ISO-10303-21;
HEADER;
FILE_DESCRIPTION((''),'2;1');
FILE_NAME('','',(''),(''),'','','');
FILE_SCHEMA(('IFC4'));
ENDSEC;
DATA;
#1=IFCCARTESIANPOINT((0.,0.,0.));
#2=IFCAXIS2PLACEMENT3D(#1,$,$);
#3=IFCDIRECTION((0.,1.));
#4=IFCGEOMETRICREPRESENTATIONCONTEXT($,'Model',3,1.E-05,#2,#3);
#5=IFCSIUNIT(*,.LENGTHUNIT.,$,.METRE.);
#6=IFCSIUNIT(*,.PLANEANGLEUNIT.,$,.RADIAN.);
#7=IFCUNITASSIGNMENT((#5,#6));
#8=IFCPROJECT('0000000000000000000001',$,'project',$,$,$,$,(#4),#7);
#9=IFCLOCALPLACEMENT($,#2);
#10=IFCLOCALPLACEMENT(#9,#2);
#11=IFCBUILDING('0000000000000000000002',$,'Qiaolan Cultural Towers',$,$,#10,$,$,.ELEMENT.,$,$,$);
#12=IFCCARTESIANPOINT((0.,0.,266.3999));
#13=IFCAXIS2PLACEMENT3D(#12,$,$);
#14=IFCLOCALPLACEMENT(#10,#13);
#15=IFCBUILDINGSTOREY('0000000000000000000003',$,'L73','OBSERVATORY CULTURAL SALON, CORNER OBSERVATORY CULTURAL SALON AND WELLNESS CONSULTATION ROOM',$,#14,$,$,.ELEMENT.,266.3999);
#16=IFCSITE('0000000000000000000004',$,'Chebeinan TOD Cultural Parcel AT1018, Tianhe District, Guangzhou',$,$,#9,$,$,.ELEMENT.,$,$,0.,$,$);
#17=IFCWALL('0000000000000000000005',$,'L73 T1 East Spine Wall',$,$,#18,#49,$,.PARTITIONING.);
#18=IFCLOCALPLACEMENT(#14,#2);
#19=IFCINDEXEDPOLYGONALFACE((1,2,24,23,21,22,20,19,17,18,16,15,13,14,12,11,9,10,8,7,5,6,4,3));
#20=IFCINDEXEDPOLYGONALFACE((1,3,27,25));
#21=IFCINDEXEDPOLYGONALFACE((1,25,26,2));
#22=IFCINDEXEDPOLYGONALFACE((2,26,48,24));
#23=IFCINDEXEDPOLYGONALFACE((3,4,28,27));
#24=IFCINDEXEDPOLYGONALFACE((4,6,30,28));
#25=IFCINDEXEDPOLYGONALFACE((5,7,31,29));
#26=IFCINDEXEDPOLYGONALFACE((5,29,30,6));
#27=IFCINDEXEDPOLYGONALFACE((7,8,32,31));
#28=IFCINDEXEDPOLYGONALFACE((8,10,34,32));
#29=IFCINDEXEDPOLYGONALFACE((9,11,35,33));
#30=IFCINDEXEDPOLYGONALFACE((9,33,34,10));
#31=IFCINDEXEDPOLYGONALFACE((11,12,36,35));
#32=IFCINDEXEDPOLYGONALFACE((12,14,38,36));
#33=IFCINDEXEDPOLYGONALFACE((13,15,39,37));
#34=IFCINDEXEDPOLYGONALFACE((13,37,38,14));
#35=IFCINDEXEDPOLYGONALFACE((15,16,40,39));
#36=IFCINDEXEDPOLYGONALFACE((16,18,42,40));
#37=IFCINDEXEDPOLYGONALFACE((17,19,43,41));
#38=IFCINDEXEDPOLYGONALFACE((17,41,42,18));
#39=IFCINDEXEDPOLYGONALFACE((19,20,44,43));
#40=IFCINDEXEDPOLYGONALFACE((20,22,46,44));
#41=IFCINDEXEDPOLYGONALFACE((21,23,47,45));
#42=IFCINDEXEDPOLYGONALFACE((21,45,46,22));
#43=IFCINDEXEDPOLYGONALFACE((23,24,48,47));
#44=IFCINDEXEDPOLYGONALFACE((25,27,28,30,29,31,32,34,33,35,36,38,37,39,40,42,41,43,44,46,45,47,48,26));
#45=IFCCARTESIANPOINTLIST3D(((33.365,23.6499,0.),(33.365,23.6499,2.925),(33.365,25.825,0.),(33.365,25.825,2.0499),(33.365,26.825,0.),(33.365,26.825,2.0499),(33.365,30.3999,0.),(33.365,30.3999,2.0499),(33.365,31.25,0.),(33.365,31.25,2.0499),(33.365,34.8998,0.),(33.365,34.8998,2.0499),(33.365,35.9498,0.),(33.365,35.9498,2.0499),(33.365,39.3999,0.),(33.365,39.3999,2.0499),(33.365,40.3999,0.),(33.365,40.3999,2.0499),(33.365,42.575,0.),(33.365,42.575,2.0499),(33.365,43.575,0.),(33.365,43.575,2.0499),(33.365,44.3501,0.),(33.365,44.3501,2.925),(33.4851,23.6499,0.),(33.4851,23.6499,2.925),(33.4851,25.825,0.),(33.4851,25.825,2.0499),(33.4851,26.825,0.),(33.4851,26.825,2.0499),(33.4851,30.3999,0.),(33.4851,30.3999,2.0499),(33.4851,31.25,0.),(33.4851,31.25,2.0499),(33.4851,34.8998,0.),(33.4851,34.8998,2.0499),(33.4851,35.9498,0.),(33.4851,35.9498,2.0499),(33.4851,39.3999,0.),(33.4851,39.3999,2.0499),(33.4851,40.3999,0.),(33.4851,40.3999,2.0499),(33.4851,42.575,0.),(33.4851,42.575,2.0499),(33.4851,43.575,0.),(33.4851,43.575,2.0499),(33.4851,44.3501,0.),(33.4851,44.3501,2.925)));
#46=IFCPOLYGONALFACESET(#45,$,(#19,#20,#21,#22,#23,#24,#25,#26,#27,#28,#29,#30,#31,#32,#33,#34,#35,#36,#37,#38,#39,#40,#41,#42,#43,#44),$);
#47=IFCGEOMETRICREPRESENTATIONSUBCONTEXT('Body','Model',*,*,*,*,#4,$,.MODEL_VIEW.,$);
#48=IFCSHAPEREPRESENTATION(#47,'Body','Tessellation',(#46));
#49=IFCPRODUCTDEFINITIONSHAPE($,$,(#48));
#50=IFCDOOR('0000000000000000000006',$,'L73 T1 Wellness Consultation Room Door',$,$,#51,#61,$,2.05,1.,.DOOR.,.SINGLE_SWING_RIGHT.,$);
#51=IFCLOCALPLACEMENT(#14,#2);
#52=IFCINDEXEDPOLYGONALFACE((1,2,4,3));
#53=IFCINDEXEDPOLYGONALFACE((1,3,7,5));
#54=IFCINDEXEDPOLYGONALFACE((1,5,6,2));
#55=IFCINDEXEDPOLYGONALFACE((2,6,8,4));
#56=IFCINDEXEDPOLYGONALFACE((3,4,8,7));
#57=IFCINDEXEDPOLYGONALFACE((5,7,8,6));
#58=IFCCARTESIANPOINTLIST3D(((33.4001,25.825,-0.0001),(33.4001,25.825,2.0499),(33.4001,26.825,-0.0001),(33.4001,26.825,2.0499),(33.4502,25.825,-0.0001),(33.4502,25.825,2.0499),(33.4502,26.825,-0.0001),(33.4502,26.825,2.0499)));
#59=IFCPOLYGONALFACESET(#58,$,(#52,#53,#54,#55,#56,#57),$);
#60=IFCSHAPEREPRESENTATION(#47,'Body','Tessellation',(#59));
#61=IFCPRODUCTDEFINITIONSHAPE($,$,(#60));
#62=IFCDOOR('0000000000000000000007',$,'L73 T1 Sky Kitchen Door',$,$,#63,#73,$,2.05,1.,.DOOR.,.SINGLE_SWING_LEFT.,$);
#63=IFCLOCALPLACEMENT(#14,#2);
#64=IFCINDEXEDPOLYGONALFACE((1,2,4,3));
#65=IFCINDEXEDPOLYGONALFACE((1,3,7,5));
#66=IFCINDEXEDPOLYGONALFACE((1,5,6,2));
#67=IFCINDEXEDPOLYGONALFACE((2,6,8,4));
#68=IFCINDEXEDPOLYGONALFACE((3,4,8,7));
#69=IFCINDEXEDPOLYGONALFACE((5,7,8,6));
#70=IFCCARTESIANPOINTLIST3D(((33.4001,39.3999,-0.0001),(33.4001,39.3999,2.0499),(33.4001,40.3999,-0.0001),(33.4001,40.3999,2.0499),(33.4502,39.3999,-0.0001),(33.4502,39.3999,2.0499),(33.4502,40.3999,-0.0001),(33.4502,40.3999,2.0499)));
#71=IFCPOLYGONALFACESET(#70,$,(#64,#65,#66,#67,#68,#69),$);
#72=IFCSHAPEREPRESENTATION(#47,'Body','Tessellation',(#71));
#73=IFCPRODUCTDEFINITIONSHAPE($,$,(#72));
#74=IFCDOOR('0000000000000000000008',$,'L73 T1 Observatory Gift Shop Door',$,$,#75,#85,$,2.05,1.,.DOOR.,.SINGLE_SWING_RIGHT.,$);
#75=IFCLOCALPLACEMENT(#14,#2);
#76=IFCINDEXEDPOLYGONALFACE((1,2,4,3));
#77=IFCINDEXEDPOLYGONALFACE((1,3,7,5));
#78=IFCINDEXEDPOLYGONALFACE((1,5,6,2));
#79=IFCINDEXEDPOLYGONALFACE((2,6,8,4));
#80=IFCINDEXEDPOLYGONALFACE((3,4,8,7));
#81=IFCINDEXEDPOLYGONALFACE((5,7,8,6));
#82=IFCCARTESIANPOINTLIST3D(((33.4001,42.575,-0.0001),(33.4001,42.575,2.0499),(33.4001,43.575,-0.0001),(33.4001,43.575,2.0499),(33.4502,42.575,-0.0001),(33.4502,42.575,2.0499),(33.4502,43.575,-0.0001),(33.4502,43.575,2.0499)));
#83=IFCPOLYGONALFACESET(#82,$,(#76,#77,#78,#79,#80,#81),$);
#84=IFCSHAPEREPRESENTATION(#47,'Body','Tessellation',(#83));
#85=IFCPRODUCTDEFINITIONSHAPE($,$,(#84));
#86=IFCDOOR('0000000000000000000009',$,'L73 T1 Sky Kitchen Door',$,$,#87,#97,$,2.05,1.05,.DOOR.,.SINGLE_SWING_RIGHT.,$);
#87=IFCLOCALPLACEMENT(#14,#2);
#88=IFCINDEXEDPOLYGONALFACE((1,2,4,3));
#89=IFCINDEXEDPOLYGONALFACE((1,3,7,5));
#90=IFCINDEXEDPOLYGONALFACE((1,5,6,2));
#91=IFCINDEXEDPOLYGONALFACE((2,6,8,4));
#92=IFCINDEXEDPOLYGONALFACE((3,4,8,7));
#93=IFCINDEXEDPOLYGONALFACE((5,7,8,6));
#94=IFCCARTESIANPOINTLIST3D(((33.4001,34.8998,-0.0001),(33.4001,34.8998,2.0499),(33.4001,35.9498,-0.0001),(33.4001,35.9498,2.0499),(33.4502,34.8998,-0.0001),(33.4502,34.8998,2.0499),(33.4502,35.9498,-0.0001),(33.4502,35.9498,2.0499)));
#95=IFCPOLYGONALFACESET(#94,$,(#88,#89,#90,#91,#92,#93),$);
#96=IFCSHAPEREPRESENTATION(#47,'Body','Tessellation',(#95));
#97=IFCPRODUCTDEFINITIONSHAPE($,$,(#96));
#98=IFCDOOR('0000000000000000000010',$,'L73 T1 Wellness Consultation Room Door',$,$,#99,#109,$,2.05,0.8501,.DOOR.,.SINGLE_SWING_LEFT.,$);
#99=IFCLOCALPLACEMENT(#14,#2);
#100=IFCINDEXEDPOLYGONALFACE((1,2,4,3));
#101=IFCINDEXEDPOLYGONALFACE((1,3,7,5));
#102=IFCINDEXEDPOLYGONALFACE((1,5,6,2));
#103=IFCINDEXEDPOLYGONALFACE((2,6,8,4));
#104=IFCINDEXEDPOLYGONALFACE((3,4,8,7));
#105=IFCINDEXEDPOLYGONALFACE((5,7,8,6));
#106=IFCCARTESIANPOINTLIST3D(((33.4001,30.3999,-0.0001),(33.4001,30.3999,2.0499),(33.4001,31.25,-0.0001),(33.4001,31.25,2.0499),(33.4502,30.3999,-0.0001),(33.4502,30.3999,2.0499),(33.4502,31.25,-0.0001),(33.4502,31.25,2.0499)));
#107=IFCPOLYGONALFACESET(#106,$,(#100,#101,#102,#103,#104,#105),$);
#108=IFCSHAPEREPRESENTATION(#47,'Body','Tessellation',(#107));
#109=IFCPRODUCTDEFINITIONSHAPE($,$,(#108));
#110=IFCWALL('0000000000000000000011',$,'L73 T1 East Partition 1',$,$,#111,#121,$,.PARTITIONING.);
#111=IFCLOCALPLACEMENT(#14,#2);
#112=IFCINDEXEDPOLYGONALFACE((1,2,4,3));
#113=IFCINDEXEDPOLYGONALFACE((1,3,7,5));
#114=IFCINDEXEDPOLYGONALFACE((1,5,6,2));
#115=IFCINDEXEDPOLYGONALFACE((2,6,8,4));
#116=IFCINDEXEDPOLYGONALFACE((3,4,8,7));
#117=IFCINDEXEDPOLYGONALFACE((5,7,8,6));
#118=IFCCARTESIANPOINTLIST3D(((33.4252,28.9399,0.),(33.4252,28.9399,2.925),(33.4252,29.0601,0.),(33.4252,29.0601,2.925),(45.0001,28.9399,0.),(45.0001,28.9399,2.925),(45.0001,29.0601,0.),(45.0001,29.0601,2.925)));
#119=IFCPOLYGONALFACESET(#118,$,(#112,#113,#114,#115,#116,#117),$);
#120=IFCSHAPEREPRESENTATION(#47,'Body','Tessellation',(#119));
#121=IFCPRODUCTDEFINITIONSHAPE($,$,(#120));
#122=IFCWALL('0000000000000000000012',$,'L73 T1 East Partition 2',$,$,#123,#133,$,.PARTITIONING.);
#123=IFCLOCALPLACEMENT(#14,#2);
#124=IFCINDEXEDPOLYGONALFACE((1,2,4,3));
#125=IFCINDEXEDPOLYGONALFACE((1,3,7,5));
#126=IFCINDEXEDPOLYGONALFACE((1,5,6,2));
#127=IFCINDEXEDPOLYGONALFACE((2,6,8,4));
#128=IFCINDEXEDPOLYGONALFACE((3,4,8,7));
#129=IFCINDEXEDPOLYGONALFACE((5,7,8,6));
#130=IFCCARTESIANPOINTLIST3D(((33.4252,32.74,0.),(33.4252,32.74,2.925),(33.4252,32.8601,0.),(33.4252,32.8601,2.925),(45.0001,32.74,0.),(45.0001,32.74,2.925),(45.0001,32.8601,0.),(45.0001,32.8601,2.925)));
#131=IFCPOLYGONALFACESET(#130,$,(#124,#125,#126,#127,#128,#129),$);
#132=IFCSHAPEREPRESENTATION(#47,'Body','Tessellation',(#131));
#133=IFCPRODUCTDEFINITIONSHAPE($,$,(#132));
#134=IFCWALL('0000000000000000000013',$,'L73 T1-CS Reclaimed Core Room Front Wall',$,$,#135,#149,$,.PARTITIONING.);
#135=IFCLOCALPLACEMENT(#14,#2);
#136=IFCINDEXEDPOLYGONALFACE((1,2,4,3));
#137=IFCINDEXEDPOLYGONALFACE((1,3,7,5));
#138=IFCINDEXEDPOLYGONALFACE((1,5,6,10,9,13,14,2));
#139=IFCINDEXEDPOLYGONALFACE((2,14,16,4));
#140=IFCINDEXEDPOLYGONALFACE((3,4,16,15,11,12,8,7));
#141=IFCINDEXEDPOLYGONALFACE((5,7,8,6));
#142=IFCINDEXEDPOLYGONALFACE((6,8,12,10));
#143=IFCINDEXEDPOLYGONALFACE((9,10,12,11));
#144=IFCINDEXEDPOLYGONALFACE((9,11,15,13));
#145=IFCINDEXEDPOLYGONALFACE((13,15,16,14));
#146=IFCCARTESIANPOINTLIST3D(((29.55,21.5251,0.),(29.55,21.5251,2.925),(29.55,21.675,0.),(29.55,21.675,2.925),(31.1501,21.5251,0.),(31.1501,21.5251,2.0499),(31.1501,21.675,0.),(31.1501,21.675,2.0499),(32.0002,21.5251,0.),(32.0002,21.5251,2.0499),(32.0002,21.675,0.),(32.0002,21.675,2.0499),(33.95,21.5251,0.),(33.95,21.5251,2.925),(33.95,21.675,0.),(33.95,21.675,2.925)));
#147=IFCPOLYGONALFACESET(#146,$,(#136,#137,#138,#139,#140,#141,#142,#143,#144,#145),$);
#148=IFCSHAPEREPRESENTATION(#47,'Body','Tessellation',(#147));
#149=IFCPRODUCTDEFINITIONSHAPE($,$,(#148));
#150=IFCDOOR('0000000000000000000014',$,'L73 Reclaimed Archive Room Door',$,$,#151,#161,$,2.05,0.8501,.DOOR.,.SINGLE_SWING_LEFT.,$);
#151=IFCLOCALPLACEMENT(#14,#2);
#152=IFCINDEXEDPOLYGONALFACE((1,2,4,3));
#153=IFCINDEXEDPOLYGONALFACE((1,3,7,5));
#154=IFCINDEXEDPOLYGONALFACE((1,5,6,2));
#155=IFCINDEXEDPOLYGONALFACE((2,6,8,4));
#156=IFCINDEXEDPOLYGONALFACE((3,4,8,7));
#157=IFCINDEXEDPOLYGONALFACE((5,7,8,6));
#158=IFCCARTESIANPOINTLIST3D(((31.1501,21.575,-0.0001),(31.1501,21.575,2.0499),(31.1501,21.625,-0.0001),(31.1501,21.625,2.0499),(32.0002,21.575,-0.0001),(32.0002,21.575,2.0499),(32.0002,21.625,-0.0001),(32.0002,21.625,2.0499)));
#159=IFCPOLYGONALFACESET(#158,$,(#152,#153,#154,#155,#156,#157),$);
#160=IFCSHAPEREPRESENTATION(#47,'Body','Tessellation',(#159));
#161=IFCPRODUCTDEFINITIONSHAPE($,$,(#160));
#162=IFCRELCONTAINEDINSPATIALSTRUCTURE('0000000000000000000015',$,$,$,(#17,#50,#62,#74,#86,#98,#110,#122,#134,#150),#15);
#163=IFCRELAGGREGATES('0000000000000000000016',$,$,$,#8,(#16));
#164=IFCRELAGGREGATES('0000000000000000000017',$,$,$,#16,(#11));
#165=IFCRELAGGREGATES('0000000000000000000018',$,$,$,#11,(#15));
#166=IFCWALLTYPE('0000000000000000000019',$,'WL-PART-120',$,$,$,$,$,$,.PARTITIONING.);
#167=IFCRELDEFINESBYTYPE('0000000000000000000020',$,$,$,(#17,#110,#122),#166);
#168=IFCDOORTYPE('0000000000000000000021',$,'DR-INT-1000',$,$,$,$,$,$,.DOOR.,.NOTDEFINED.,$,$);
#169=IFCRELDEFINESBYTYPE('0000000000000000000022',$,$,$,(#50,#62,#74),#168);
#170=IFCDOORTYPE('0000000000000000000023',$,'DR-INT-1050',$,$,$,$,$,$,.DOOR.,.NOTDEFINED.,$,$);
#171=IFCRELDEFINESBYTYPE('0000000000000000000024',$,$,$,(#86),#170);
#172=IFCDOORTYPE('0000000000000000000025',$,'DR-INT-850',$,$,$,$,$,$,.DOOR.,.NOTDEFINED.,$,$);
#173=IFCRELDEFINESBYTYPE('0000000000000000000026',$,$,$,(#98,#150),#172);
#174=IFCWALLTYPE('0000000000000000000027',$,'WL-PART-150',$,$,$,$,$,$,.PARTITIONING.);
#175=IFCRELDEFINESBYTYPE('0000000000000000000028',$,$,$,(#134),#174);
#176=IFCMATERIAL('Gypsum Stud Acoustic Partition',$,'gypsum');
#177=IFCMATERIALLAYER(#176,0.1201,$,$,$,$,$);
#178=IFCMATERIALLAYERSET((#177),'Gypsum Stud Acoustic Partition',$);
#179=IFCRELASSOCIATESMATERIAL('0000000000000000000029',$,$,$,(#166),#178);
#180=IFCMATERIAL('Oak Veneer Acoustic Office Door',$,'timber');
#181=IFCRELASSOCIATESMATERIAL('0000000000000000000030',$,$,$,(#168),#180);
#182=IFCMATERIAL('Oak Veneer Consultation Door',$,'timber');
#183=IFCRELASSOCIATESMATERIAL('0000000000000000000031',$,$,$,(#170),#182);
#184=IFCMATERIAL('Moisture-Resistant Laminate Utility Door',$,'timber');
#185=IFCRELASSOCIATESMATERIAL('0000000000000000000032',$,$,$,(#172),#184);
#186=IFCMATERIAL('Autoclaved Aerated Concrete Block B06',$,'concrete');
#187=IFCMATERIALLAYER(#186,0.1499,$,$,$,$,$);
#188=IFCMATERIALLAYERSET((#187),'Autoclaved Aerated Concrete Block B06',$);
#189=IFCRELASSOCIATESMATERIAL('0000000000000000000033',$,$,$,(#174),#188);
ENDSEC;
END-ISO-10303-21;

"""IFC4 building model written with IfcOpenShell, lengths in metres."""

from ifc_helpers import new_model, si_unit, direction, frame, frame_2d, origin, place, context, subcontext, project, spatial, rectangle, extrude, material, layer, layer_set, type_object, element, fill, save


model = new_model("IFC4")

# Units and contexts
model_context = context("Model", 3, precision=1e-05, world=origin(), true_north=direction((0.0, 1.0)))
body_context = subcontext(model_context, "Body", "Model", "MODEL_VIEW")
ifc_project = project(units=[si_unit("LENGTHUNIT", "METRE"), si_unit("PLANEANGLEUNIT", "RADIAN")], contexts=[model_context])

# Site, building, storey
site_placement = place(None, origin())
site = spatial("IfcSite", under=ifc_project, at=site_placement, Name="Chebeinan TOD Cultural Parcel AT1018, Tianhe District, Guangzhou", CompositionType="ELEMENT", RefElevation=0.0)
building_placement = place(site_placement, origin())
building = spatial("IfcBuilding", under=site, at=building_placement, Name="Qiaolan Cultural Towers", CompositionType="ELEMENT")
storey_placement = place(building_placement, frame((0.0, 0.0, 266.3999)))
storey = spatial("IfcBuildingStorey", under=building, at=storey_placement, Name="L73", Description="OBSERVATORY CULTURAL SALON, CORNER OBSERVATORY CULTURAL SALON AND WELLNESS CONSULTATION ROOM", CompositionType="ELEMENT", Elevation=266.3999)

# Shared definitions
ifc_material_1 = material(Name="Gypsum Stud Acoustic Partition", Category="gypsum")
ifc_layer_1 = layer(ifc_material_1, 0.1201)
ifc_layer_set_1 = layer_set([ifc_layer_1], Name="Gypsum Stud Acoustic Partition")
wall_type_1 = type_object("IfcWallType", Name="WL-PART-120", PredefinedType="PARTITIONING", material=ifc_layer_set_1)

# Wall, openings, doors
ifc_material_2 = material(Name="Oak Veneer Acoustic Office Door", Category="timber")
door_type_1 = type_object("IfcDoorType", Name="DR-INT-1000", OperationType="NOTDEFINED", PredefinedType="DOOR", material=ifc_material_2)
wall_1_placement = place(storey_placement, frame((33.425, 23.6499, 0.0), z_axis=(0.0, 0.0, 1.0), x_axis=(0.0, 1.0, 0.0)))
wall_1 = element("IfcWall", 1, at=wall_1_placement, inside=storey, type_object=wall_type_1, Name="L73 T1 East Spine Wall", PredefinedType="PARTITIONING", context=body_context, shape_type="SweptSolid", body=[
    extrude(rectangle(XDim=20.7002, YDim=0.1201, at=frame_2d((10.3501, 0.0))), origin(), (0.0, 0.0, 1.0), 2.925),
])
opening_1_placement = place(wall_1_placement, frame((2.175, 0.0, 0.0)))
opening_1 = element("IfcOpeningElement", 2, at=opening_1_placement, cuts=wall_1, PredefinedType="OPENING", context=body_context, shape_type="SweptSolid", body=[
    extrude(rectangle(XDim=1.0, YDim=2.05, at=frame_2d((0.5, 1.0249))), frame((0.0, 0.0701, 0.0), z_axis=(0.0, -1.0, 0.0), x_axis=(1.0, 0.0, 0.0)), (0.0, 0.0, 1.0), 0.1401),
])
opening_2_placement = place(wall_1_placement, frame((6.75, 0.0, 0.0)))
opening_2 = element("IfcOpeningElement", 3, at=opening_2_placement, cuts=wall_1, PredefinedType="OPENING", context=body_context, shape_type="SweptSolid", body=[
    extrude(rectangle(XDim=0.8501, YDim=2.05, at=frame_2d((0.425, 1.0249))), frame((0.0, 0.0701, 0.0), z_axis=(0.0, -1.0, 0.0), x_axis=(1.0, 0.0, 0.0)), (0.0, 0.0, 1.0), 0.1401),
])
opening_3_placement = place(wall_1_placement, frame((11.25, 0.0, 0.0)))
opening_3 = element("IfcOpeningElement", 4, at=opening_3_placement, cuts=wall_1, PredefinedType="OPENING", context=body_context, shape_type="SweptSolid", body=[
    extrude(rectangle(XDim=1.05, YDim=2.05, at=frame_2d((0.5249, 1.0249))), frame((0.0, 0.0701, 0.0), z_axis=(0.0, -1.0, 0.0), x_axis=(1.0, 0.0, 0.0)), (0.0, 0.0, 1.0), 0.1401),
])
opening_4_placement = place(wall_1_placement, frame((15.75, 0.0, 0.0)))
opening_4 = element("IfcOpeningElement", 5, at=opening_4_placement, cuts=wall_1, PredefinedType="OPENING", context=body_context, shape_type="SweptSolid", body=[
    extrude(rectangle(XDim=1.0, YDim=2.05, at=frame_2d((0.5, 1.0249))), frame((0.0, 0.0701, 0.0), z_axis=(0.0, -1.0, 0.0), x_axis=(1.0, 0.0, 0.0)), (0.0, 0.0, 1.0), 0.1401),
])
opening_5_placement = place(wall_1_placement, frame((18.925, 0.0, 0.0)))
opening_5 = element("IfcOpeningElement", 6, at=opening_5_placement, cuts=wall_1, PredefinedType="OPENING", context=body_context, shape_type="SweptSolid", body=[
    extrude(rectangle(XDim=1.0, YDim=2.05, at=frame_2d((0.5, 1.0249))), frame((0.0, 0.0701, 0.0), z_axis=(0.0, -1.0, 0.0), x_axis=(1.0, 0.0, 0.0)), (0.0, 0.0, 1.0), 0.1401),
])
door_1_placement = place(opening_1_placement, origin())
door_1 = element("IfcDoor", 7, at=door_1_placement, inside=storey, type_object=door_type_1, Name="L73 T1 Wellness Consultation Room Door", OperationType="SINGLE_SWING_RIGHT", OverallHeight=2.05, OverallWidth=1.0, PredefinedType="DOOR", context=body_context, shape_type="SweptSolid", body=[
    extrude(rectangle(XDim=1.0, YDim=2.05, at=frame_2d((0.5, 1.0249))), frame((0.0, 0.0249, 0.0), z_axis=(0.0, -1.0, 0.0), x_axis=(1.0, 0.0, 0.0)), (0.0, 0.0, 1.0), 0.05),
])
fill(opening_1, door_1)
door_2_placement = place(opening_4_placement, origin())
door_2 = element("IfcDoor", 8, at=door_2_placement, inside=storey, type_object=door_type_1, Name="L73 T1 Sky Kitchen Door", OperationType="SINGLE_SWING_LEFT", OverallHeight=2.05, OverallWidth=1.0, PredefinedType="DOOR", context=body_context, shape_type="SweptSolid", body=[
    extrude(rectangle(XDim=1.0, YDim=2.05, at=frame_2d((0.5, 1.0249))), frame((0.0, 0.0249, 0.0), z_axis=(0.0, -1.0, 0.0), x_axis=(1.0, 0.0, 0.0)), (0.0, 0.0, 1.0), 0.05),
])
fill(opening_4, door_2)
door_3_placement = place(opening_5_placement, origin())
door_3 = element("IfcDoor", 9, at=door_3_placement, inside=storey, type_object=door_type_1, Name="L73 T1 Observatory Gift Shop Door", OperationType="SINGLE_SWING_RIGHT", OverallHeight=2.05, OverallWidth=1.0, PredefinedType="DOOR", context=body_context, shape_type="SweptSolid", body=[
    extrude(rectangle(XDim=1.0, YDim=2.05, at=frame_2d((0.5, 1.0249))), frame((0.0, 0.0249, 0.0), z_axis=(0.0, -1.0, 0.0), x_axis=(1.0, 0.0, 0.0)), (0.0, 0.0, 1.0), 0.05),
])
fill(opening_5, door_3)
ifc_material_3 = material(Name="Oak Veneer Consultation Door", Category="timber")
door_type_2 = type_object("IfcDoorType", Name="DR-INT-1050", OperationType="NOTDEFINED", PredefinedType="DOOR", material=ifc_material_3)
door_4_placement = place(opening_3_placement, origin())
door_4 = element("IfcDoor", 10, at=door_4_placement, inside=storey, type_object=door_type_2, Name="L73 T1 Sky Kitchen Door", OperationType="SINGLE_SWING_RIGHT", OverallHeight=2.05, OverallWidth=1.05, PredefinedType="DOOR", context=body_context, shape_type="SweptSolid", body=[
    extrude(rectangle(XDim=1.05, YDim=2.05, at=frame_2d((0.5249, 1.0249))), frame((0.0, 0.0249, 0.0), z_axis=(0.0, -1.0, 0.0), x_axis=(1.0, 0.0, 0.0)), (0.0, 0.0, 1.0), 0.05),
])
fill(opening_3, door_4)
ifc_material_4 = material(Name="Moisture-Resistant Laminate Utility Door", Category="timber")
door_type_3 = type_object("IfcDoorType", Name="DR-INT-850", OperationType="NOTDEFINED", PredefinedType="DOOR", material=ifc_material_4)
door_5_placement = place(opening_2_placement, origin())
door_5 = element("IfcDoor", 11, at=door_5_placement, inside=storey, type_object=door_type_3, Name="L73 T1 Wellness Consultation Room Door", OperationType="SINGLE_SWING_LEFT", OverallHeight=2.05, OverallWidth=0.8501, PredefinedType="DOOR", context=body_context, shape_type="SweptSolid", body=[
    extrude(rectangle(XDim=0.8501, YDim=2.05, at=frame_2d((0.425, 1.0249))), frame((0.0, 0.0249, 0.0), z_axis=(0.0, -1.0, 0.0), x_axis=(1.0, 0.0, 0.0)), (0.0, 0.0, 1.0), 0.05),
])
fill(opening_2, door_5)

# Walls
for number, where, z_axis, x_axis, name in (
    (12, (33.425, 29.0, 0.0), (0.0, 0.0, 1.0), (1.0, 0.0, 0.0), "L73 T1 East Partition 1"),
    (13, (33.425, 32.8, 0.0), (0.0, 0.0, 1.0), (1.0, 0.0, 0.0), "L73 T1 East Partition 2"),
):
    element("IfcWall", number, at=place(storey_placement, frame(where, z_axis=z_axis, x_axis=x_axis)), inside=storey, type_object=wall_type_1, Name=name, PredefinedType="PARTITIONING", context=body_context, shape_type="SweptSolid", body=[
        extrude(rectangle(XDim=11.575, YDim=0.1201, at=frame_2d((5.7876, 0.0))), origin(), (0.0, 0.0, 1.0), 2.925),
    ])

# Wall, opening, door
ifc_material_5 = material(Name="Autoclaved Aerated Concrete Block B06", Category="concrete")
ifc_layer_2 = layer(ifc_material_5, 0.1499)
ifc_layer_set_2 = layer_set([ifc_layer_2], Name="Autoclaved Aerated Concrete Block B06")
wall_type_2 = type_object("IfcWallType", Name="WL-PART-150", PredefinedType="PARTITIONING", material=ifc_layer_set_2)
wall_2_placement = place(storey_placement, frame((29.55, 21.6001, 0.0), z_axis=(0.0, 0.0, 1.0), x_axis=(1.0, 0.0, 0.0)))
wall_2 = element("IfcWall", 14, at=wall_2_placement, inside=storey, type_object=wall_type_2, Name="L73 T1-CS Reclaimed Core Room Front Wall", PredefinedType="PARTITIONING", context=body_context, shape_type="SweptSolid", body=[
    extrude(rectangle(XDim=4.3999, YDim=0.1499, at=frame_2d((2.2, 0.0))), origin(), (0.0, 0.0, 1.0), 2.925),
])
opening_6_placement = place(wall_2_placement, frame((1.6001, 0.0, 0.0)))
opening_6 = element("IfcOpeningElement", 15, at=opening_6_placement, cuts=wall_2, PredefinedType="OPENING", context=body_context, shape_type="SweptSolid", body=[
    extrude(rectangle(XDim=0.8501, YDim=2.05, at=frame_2d((0.425, 1.0249))), frame((0.0, 0.085, 0.0), z_axis=(0.0, -1.0, 0.0), x_axis=(1.0, 0.0, 0.0)), (0.0, 0.0, 1.0), 0.1699),
])
door_6_placement = place(opening_6_placement, origin())
door_6 = element("IfcDoor", 16, at=door_6_placement, inside=storey, type_object=door_type_3, Name="L73 Reclaimed Archive Room Door", OperationType="SINGLE_SWING_LEFT", OverallHeight=2.05, OverallWidth=0.8501, PredefinedType="DOOR", context=body_context, shape_type="SweptSolid", body=[
    extrude(rectangle(XDim=0.8501, YDim=2.05, at=frame_2d((0.425, 1.0249))), frame((0.0, 0.0249, 0.0), z_axis=(0.0, -1.0, 0.0), x_axis=(1.0, 0.0, 0.0)), (0.0, 0.0, 1.0), 0.05),
])
fill(opening_6, door_6)

save(model, "model.ifc")
